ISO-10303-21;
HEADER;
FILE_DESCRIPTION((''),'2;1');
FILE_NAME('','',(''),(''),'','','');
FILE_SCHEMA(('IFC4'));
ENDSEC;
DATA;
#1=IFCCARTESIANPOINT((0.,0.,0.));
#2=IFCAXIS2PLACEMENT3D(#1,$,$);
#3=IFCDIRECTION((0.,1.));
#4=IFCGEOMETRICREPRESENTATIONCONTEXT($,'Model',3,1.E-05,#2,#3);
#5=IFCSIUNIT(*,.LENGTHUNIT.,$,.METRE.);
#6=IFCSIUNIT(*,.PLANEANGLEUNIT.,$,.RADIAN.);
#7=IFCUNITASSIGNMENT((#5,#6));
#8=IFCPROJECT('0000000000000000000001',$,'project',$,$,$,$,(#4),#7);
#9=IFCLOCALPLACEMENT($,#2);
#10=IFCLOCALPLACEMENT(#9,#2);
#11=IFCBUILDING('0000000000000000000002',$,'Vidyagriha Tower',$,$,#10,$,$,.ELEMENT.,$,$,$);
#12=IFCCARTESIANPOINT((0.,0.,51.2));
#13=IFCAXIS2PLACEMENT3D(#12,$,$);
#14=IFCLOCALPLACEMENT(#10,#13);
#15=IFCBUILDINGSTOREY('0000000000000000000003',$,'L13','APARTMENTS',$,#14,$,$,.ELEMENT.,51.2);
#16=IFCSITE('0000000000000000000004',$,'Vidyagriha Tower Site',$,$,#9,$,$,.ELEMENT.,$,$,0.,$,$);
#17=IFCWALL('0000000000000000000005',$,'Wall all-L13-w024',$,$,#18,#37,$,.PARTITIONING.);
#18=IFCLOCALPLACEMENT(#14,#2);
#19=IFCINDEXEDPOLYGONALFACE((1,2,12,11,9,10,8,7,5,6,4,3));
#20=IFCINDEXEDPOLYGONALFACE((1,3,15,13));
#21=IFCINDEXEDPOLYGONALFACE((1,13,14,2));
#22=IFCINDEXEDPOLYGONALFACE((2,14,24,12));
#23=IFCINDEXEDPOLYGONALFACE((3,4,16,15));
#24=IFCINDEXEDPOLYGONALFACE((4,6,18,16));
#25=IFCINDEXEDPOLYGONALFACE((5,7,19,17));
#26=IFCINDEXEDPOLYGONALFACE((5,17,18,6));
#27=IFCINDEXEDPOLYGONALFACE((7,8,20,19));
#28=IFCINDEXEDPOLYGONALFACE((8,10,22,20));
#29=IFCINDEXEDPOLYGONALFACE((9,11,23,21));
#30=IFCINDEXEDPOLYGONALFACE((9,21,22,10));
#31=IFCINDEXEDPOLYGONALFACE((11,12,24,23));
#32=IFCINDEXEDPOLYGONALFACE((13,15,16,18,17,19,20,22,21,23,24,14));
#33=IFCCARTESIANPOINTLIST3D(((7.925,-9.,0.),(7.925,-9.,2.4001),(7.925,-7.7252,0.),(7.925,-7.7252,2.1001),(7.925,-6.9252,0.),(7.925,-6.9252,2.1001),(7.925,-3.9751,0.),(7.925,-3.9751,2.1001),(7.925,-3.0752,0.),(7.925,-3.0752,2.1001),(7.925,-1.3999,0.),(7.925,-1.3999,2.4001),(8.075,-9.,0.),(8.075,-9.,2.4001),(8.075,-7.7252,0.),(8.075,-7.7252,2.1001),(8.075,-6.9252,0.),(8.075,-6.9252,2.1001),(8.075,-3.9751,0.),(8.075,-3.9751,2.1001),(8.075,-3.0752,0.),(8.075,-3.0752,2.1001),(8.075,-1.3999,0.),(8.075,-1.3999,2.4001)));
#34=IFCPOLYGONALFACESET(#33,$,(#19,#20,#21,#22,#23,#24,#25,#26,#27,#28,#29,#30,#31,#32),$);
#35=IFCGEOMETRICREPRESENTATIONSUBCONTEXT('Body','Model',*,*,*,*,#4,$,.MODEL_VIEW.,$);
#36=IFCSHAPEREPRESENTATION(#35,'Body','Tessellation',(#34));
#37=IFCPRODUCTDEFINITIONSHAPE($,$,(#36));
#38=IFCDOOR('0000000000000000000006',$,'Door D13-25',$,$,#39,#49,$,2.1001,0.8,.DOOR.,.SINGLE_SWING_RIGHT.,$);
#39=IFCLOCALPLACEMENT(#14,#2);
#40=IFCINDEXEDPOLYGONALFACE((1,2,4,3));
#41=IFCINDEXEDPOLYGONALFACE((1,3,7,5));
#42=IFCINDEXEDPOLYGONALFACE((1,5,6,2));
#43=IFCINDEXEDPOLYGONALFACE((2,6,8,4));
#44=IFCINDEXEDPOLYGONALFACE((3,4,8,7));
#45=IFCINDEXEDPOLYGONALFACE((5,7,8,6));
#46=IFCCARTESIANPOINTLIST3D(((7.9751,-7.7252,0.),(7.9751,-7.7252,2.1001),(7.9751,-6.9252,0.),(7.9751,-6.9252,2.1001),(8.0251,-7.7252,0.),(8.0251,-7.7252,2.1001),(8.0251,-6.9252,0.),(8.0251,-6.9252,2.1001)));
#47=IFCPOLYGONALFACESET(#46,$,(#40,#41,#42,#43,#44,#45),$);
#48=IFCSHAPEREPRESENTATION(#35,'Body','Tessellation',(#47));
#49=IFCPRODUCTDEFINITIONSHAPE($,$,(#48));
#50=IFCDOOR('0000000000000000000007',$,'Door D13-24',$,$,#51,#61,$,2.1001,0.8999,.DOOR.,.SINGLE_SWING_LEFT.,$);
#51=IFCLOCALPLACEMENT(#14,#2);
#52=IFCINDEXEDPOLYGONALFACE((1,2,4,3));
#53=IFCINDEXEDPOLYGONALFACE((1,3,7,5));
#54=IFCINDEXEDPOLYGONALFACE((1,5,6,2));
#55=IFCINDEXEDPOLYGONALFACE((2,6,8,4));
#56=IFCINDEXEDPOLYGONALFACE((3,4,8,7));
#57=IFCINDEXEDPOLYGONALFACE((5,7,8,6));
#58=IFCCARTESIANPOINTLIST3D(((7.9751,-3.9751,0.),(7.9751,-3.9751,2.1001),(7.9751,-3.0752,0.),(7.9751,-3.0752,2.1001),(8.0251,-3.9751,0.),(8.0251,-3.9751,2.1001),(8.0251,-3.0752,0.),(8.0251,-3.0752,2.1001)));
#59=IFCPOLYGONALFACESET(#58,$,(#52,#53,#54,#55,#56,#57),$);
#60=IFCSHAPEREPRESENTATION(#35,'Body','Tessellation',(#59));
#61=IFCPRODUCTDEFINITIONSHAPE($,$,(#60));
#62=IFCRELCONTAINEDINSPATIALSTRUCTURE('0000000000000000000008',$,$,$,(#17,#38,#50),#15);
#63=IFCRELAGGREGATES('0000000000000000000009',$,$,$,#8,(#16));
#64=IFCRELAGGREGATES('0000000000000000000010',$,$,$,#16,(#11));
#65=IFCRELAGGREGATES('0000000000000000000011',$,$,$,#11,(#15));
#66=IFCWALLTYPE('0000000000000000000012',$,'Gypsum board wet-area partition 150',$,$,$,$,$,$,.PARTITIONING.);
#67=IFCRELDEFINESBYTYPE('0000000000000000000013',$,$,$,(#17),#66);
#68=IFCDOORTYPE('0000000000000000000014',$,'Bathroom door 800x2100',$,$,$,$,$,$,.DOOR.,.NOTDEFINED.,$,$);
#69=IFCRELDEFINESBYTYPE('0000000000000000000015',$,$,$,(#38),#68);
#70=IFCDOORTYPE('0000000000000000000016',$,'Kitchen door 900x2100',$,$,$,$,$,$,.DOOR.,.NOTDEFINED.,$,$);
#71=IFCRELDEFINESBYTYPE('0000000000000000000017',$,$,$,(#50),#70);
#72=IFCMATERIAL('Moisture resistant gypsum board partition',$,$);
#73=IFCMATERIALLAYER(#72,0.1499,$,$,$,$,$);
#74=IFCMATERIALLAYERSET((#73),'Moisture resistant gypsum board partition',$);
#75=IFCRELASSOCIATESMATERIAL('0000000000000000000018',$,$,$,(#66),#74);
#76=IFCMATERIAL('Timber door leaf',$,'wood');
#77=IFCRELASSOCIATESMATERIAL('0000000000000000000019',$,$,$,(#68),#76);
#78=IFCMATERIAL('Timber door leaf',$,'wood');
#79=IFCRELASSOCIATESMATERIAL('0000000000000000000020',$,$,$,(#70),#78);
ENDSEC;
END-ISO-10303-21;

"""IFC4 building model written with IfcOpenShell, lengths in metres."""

from ifc_helpers import new_model, si_unit, direction, frame, frame_2d, origin, place, context, subcontext, project, spatial, rectangle, extrude, material, layer, layer_set, type_object, element, fill, save


model = new_model("IFC4")

# Units and contexts
model_context = context("Model", 3, precision=1e-05, world=origin(), true_north=direction((0.0, 1.0)))
body_context = subcontext(model_context, "Body", "Model", "MODEL_VIEW")
ifc_project = project(units=[si_unit("LENGTHUNIT", "METRE"), si_unit("PLANEANGLEUNIT", "RADIAN")], contexts=[model_context])

# Site, building, storey
site_placement = place(None, origin())
site = spatial("IfcSite", under=ifc_project, at=site_placement, Name="Vidyagriha Tower Site", CompositionType="ELEMENT", RefElevation=0.0)
building_placement = place(site_placement, origin())
building = spatial("IfcBuilding", under=site, at=building_placement, Name="Vidyagriha Tower", CompositionType="ELEMENT")
storey_placement = place(building_placement, frame((0.0, 0.0, 51.2)))
storey = spatial("IfcBuildingStorey", under=building, at=storey_placement, Name="L13", Description="APARTMENTS", CompositionType="ELEMENT", Elevation=51.2)

# Wall, openings, doors
ifc_material_1 = material(Name="Moisture resistant gypsum board partition")
ifc_layer_1 = layer(ifc_material_1, 0.1499)
ifc_layer_set_1 = layer_set([ifc_layer_1], Name="Moisture resistant gypsum board partition")
wall_type_1 = type_object("IfcWallType", Name="Gypsum board wet-area partition 150", PredefinedType="PARTITIONING", material=ifc_layer_set_1)
wall_1_placement = place(storey_placement, frame((8.0, -9.0, 0.0), z_axis=(0.0, 0.0, 1.0), x_axis=(0.0, 1.0, 0.0)))
wall_1 = element("IfcWall", 1, at=wall_1_placement, inside=storey, type_object=wall_type_1, Name="Wall all-L13-w024", PredefinedType="PARTITIONING", context=body_context, shape_type="SweptSolid", body=[
    extrude(rectangle(XDim=7.6001, YDim=0.1499, at=frame_2d((3.8, 0.0))), origin(), (0.0, 0.0, 1.0), 2.4001),
])
opening_1_placement = place(wall_1_placement, frame((5.0249, 0.0, 0.0)))
opening_1 = element("IfcOpeningElement", 2, at=opening_1_placement, cuts=wall_1, PredefinedType="OPENING", context=body_context, shape_type="SweptSolid", body=[
    extrude(rectangle(XDim=0.8999, YDim=2.1001, at=frame_2d((0.45, 1.05))), frame((0.0, 0.085, 0.0), z_axis=(0.0, -1.0, 0.0), x_axis=(1.0, 0.0, 0.0)), (0.0, 0.0, 1.0), 0.1699),
])
opening_2_placement = place(wall_1_placement, frame((1.2749, 0.0, 0.0)))
opening_2 = element("IfcOpeningElement", 3, at=opening_2_placement, cuts=wall_1, PredefinedType="OPENING", context=body_context, shape_type="SweptSolid", body=[
    extrude(rectangle(XDim=0.8, YDim=2.1001, at=frame_2d((0.3999, 1.05))), frame((0.0, 0.085, 0.0), z_axis=(0.0, -1.0, 0.0), x_axis=(1.0, 0.0, 0.0)), (0.0, 0.0, 1.0), 0.1699),
])
ifc_material_2 = material(Name="Timber door leaf", Category="wood")
door_type_1 = type_object("IfcDoorType", Name="Bathroom door 800x2100", OperationType="NOTDEFINED", PredefinedType="DOOR", material=ifc_material_2)
door_1_placement = place(opening_2_placement, origin())
door_1 = element("IfcDoor", 4, at=door_1_placement, inside=storey, type_object=door_type_1, Name="Door D13-25", OperationType="SINGLE_SWING_RIGHT", OverallHeight=2.1001, OverallWidth=0.8, PredefinedType="DOOR", context=body_context, shape_type="SweptSolid", body=[
    extrude(rectangle(XDim=0.8, YDim=2.1001, at=frame_2d((0.3999, 1.05))), frame((0.0, 0.0249, 0.0), z_axis=(0.0, -1.0, 0.0), x_axis=(1.0, 0.0, 0.0)), (0.0, 0.0, 1.0), 0.05),
])
fill(opening_2, door_1)
ifc_material_3 = material(Name="Timber door leaf", Category="wood")
door_type_2 = type_object("IfcDoorType", Name="Kitchen door 900x2100", OperationType="NOTDEFINED", PredefinedType="DOOR", material=ifc_material_3)
door_2_placement = place(opening_1_placement, origin())
door_2 = element("IfcDoor", 5, at=door_2_placement, inside=storey, type_object=door_type_2, Name="Door D13-24", OperationType="SINGLE_SWING_LEFT", OverallHeight=2.1001, OverallWidth=0.8999, PredefinedType="DOOR", context=body_context, shape_type="SweptSolid", body=[
    extrude(rectangle(XDim=0.8999, YDim=2.1001, at=frame_2d((0.45, 1.05))), frame((0.0, 0.0249, 0.0), z_axis=(0.0, -1.0, 0.0), x_axis=(1.0, 0.0, 0.0)), (0.0, 0.0, 1.0), 0.05),
])
fill(opening_1, door_2)

save(model, "model.ifc")
